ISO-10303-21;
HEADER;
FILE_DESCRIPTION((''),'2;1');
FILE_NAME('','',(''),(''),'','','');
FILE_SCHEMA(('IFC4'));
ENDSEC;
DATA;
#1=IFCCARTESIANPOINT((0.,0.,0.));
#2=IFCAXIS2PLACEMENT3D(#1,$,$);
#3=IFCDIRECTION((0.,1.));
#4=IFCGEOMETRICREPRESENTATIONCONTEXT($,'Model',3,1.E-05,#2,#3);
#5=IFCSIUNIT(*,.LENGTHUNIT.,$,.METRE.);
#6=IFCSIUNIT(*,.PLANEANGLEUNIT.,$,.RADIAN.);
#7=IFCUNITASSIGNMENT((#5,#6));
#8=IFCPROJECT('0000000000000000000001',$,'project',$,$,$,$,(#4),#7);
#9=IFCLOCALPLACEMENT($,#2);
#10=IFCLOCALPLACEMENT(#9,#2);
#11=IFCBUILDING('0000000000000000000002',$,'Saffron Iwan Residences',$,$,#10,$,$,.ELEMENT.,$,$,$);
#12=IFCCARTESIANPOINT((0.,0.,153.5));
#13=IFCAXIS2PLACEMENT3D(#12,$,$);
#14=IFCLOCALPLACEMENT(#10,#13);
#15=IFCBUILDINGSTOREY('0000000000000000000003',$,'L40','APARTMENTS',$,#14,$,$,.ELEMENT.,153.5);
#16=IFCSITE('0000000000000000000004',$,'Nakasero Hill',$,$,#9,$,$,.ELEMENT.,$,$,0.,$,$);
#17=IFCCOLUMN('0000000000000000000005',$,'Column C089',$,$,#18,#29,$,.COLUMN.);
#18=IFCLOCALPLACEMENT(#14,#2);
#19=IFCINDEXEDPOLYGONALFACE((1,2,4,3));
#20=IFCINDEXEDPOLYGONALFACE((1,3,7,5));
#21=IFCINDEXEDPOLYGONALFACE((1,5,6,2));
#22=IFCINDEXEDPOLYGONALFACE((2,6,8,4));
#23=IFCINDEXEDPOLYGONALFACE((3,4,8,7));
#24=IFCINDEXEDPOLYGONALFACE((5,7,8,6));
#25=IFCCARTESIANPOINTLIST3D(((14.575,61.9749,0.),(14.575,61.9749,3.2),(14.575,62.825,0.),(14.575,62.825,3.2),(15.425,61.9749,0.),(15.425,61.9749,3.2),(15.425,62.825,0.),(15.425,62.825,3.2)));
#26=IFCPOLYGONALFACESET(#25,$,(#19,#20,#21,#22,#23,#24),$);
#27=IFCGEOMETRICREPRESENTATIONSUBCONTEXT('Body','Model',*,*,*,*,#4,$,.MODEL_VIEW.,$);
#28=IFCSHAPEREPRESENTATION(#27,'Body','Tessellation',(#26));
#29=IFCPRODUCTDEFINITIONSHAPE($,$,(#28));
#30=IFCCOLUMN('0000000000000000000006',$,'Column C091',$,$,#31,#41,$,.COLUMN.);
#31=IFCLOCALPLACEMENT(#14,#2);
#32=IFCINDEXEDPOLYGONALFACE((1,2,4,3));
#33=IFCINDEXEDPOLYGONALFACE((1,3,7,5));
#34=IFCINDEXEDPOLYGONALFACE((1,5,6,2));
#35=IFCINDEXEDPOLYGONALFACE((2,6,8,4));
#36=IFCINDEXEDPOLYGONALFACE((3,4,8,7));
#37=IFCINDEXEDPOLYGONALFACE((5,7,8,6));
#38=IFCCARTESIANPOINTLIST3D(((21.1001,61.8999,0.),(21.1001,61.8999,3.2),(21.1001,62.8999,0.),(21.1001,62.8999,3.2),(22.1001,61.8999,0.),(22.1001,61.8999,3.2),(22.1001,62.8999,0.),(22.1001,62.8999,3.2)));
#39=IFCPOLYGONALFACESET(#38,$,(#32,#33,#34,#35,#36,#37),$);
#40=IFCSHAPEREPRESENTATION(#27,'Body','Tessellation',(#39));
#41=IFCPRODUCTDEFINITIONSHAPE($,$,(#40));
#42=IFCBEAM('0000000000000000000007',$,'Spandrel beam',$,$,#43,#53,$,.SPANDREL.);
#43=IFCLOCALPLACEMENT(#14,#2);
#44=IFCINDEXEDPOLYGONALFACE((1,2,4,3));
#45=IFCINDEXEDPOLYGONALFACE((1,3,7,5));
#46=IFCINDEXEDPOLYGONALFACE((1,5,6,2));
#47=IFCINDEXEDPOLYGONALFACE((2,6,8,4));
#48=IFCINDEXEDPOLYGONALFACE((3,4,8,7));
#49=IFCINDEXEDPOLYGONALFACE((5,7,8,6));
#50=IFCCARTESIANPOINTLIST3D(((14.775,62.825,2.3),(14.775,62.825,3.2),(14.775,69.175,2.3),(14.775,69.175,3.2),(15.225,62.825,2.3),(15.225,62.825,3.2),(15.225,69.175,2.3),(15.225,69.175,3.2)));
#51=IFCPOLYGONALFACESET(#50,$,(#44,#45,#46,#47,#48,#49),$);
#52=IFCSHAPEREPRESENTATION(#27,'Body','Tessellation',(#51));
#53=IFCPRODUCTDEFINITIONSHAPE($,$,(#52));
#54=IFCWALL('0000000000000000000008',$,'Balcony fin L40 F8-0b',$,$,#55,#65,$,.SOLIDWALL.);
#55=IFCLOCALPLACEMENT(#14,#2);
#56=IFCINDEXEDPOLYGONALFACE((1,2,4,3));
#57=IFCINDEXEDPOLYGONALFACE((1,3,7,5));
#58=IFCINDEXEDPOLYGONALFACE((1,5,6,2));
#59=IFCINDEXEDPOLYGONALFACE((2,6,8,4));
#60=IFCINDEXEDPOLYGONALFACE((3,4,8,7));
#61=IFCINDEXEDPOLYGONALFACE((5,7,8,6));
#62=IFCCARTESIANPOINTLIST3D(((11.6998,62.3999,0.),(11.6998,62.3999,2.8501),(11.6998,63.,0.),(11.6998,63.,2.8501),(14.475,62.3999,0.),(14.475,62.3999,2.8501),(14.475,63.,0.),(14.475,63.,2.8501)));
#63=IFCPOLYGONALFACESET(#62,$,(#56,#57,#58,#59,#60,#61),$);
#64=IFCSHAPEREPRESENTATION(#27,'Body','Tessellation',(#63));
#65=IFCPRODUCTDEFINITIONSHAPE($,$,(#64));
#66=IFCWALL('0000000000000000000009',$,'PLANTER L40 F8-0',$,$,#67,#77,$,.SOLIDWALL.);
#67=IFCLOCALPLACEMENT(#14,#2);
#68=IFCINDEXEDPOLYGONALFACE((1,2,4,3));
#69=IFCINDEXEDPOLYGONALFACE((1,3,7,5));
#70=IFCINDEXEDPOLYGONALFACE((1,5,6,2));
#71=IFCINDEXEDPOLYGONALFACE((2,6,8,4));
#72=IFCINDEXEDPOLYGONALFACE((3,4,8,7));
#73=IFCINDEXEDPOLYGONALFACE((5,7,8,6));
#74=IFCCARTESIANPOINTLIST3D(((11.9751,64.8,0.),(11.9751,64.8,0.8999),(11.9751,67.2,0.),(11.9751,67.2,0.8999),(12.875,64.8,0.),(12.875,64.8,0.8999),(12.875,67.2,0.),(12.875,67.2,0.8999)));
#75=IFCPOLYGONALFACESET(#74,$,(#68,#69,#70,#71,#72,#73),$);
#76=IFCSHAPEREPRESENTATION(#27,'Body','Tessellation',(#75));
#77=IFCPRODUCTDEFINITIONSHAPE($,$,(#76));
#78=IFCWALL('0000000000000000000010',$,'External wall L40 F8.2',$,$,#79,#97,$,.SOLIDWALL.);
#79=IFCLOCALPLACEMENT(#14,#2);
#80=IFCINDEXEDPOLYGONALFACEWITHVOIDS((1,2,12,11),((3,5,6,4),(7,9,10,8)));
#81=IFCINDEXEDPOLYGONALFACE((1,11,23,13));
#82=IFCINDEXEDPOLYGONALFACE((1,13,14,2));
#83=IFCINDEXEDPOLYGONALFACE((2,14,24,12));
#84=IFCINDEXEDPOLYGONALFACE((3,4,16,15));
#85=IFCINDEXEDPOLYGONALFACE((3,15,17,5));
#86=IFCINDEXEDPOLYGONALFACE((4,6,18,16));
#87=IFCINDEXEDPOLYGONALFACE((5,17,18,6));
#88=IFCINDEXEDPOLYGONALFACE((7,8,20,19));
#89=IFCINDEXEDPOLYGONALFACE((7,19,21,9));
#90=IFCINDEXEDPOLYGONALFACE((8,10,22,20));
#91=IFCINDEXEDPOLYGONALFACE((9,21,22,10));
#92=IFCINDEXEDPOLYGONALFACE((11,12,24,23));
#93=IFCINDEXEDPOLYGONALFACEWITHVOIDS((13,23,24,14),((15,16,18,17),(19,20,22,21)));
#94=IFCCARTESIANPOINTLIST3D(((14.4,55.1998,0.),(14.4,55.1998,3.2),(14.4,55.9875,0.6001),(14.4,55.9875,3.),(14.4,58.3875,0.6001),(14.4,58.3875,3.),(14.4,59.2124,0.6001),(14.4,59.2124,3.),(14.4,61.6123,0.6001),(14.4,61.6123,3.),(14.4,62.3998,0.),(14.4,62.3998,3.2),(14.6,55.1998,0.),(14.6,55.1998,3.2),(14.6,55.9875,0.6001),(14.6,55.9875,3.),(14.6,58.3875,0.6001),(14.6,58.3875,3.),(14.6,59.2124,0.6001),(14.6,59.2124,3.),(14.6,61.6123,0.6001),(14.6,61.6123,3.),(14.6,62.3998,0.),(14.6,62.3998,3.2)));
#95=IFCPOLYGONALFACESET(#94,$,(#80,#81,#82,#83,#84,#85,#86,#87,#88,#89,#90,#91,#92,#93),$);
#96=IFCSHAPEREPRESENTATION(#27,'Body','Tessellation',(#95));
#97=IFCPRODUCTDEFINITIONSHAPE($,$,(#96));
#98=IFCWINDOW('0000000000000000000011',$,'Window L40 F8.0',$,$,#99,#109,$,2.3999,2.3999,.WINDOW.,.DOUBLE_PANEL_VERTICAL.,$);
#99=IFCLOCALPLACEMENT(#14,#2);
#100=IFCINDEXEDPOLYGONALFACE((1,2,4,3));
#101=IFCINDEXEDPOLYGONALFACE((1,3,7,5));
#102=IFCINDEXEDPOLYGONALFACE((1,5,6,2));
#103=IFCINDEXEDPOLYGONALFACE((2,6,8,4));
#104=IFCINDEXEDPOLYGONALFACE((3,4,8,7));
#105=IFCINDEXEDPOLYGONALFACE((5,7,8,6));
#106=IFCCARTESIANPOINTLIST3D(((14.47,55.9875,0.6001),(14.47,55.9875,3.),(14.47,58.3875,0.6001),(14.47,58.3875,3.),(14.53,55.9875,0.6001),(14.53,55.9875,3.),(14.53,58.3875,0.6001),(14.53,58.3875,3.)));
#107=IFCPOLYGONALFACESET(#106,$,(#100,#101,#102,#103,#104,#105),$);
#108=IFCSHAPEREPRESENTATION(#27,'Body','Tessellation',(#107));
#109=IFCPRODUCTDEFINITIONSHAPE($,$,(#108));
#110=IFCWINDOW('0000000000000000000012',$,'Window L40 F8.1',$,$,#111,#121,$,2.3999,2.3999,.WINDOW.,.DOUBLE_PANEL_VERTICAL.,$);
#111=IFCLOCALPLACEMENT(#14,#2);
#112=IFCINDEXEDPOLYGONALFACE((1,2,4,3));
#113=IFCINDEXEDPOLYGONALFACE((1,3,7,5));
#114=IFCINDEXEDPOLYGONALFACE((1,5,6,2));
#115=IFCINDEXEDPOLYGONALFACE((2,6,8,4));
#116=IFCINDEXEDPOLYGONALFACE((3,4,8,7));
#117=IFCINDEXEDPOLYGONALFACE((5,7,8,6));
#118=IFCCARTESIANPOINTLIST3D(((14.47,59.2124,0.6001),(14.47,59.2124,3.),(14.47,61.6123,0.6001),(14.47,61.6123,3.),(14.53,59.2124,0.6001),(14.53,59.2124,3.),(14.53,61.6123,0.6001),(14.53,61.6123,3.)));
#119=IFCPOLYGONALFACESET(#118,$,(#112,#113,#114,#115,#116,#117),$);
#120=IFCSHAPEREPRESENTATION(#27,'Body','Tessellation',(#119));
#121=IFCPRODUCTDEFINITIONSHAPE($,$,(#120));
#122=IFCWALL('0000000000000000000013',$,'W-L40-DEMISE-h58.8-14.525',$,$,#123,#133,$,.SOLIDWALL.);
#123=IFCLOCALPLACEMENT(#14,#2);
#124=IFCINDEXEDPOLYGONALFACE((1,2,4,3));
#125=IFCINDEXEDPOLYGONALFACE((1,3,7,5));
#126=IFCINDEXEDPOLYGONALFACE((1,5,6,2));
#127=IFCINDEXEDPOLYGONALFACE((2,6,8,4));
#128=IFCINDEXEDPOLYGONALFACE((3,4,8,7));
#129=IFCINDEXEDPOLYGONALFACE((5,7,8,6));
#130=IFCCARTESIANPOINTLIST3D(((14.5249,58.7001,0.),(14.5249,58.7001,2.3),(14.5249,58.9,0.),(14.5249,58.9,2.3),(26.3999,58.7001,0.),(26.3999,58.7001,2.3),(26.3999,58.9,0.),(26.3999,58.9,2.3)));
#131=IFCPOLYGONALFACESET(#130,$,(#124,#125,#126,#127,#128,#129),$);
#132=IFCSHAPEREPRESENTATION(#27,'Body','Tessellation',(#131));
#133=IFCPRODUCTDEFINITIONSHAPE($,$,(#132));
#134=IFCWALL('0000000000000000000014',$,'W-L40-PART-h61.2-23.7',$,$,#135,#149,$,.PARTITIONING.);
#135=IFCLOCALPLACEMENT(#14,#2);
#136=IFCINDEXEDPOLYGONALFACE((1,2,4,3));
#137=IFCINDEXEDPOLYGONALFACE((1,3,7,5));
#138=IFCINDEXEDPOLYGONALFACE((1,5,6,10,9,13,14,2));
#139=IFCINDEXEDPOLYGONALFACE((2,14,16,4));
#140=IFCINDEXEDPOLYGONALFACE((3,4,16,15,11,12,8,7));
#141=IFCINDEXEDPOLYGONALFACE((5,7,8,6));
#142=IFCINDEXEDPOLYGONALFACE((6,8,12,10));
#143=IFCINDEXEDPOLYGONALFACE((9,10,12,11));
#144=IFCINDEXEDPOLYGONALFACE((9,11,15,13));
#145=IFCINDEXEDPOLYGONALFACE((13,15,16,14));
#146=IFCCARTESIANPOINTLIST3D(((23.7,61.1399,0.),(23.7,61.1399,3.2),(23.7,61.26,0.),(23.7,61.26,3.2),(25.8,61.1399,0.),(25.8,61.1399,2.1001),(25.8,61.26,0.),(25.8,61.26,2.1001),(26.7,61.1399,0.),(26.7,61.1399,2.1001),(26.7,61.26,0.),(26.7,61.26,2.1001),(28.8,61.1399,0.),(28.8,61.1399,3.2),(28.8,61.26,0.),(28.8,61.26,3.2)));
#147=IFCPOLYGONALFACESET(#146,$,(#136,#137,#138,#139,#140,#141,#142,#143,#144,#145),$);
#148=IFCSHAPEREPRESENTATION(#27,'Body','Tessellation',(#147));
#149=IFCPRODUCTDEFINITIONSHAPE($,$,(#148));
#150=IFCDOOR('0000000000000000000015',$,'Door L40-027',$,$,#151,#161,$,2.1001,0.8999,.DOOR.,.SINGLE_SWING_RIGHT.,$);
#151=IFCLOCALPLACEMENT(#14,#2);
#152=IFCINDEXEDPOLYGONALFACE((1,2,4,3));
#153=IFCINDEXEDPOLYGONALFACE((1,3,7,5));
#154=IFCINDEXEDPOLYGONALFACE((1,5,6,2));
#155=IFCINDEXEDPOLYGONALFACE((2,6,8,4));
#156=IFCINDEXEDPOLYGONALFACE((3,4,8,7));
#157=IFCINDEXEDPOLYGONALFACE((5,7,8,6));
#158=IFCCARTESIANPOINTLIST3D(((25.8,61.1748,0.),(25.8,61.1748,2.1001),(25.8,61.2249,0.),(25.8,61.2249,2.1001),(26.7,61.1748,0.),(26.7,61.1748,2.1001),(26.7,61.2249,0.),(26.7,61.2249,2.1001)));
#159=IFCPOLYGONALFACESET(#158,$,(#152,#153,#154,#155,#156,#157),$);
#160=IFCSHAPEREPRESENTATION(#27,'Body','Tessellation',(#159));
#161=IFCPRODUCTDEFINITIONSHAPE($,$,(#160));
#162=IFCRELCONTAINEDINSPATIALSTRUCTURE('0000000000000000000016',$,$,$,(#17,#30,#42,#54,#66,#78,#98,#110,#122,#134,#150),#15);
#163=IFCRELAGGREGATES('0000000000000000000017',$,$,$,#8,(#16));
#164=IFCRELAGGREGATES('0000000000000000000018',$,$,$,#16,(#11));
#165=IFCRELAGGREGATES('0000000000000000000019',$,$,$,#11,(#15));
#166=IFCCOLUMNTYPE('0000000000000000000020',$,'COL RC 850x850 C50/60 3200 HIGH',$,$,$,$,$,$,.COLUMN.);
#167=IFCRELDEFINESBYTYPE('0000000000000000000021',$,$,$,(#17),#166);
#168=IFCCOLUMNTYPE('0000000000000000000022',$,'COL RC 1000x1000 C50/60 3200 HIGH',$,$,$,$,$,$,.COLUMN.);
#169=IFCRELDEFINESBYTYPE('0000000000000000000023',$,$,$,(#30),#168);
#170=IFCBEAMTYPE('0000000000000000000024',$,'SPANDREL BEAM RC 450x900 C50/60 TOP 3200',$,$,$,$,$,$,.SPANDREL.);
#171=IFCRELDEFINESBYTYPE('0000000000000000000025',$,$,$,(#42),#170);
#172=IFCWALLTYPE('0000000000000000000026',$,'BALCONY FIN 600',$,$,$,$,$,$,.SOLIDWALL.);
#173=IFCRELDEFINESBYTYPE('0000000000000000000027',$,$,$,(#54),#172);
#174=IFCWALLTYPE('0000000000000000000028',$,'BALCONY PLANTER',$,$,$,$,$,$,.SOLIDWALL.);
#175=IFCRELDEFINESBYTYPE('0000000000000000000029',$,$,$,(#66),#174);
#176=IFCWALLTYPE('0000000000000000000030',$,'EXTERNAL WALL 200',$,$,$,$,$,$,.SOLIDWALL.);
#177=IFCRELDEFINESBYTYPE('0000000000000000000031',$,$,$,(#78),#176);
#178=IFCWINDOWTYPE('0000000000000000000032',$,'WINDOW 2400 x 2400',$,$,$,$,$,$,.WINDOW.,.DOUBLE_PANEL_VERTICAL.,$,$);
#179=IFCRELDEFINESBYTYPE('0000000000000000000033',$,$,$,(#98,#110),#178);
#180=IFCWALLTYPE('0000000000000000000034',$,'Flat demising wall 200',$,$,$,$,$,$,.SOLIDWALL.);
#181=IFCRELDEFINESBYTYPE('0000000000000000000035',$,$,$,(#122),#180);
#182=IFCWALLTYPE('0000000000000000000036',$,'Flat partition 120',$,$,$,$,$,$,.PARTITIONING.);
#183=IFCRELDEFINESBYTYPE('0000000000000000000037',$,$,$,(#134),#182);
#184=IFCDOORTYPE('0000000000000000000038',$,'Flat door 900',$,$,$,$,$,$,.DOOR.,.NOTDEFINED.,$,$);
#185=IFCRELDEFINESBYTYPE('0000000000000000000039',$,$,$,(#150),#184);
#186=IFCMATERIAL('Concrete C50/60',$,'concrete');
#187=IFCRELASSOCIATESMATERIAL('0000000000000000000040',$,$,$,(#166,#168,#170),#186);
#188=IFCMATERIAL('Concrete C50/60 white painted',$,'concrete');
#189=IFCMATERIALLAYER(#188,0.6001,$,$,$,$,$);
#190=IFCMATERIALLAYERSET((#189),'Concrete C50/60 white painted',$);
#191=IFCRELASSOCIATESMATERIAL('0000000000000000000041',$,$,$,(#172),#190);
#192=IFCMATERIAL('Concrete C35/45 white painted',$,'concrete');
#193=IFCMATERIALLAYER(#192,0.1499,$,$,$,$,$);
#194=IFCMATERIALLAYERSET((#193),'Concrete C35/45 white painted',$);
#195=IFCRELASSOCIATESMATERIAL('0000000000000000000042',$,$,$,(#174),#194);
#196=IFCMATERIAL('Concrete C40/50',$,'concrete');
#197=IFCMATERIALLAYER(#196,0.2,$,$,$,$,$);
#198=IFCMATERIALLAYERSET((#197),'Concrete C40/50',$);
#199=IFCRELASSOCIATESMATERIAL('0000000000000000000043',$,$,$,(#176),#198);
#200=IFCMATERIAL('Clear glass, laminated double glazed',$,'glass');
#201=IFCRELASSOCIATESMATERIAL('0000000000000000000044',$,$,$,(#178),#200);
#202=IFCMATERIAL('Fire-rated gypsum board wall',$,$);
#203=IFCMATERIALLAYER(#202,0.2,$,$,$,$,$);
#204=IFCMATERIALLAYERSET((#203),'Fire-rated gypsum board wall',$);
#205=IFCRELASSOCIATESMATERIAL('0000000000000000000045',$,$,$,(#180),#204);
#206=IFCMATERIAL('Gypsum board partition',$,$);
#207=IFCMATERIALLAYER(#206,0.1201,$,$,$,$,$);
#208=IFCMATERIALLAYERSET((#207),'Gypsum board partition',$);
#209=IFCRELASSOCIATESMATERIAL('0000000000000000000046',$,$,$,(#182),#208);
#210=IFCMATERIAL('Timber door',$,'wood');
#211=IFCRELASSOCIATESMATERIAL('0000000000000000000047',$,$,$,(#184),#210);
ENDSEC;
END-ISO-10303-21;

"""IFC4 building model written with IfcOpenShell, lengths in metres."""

from ifc_helpers import new_model, si_unit, direction, frame, frame_2d, origin, origin_2d, place, context, subcontext, project, spatial, rectangle, extrude, source, transform, mapped, material, layer, layer_set, material_profile, profile_set, type_object, element, fill, save


model = new_model("IFC4")

# Units and contexts
model_context = context("Model", 3, precision=1e-05, world=origin(), true_north=direction((0.0, 1.0)))
body_context = subcontext(model_context, "Body", "Model", "MODEL_VIEW")
ifc_project = project(units=[si_unit("LENGTHUNIT", "METRE"), si_unit("PLANEANGLEUNIT", "RADIAN")], contexts=[model_context])

# Site, building, storey
site_placement = place(None, origin())
site = spatial("IfcSite", under=ifc_project, at=site_placement, Name="Nakasero Hill", CompositionType="ELEMENT", RefElevation=0.0)
building_placement = place(site_placement, origin())
building = spatial("IfcBuilding", under=site, at=building_placement, Name="Saffron Iwan Residences", CompositionType="ELEMENT")
storey_placement = place(building_placement, frame((0.0, 0.0, 153.5)))
storey = spatial("IfcBuildingStorey", under=building, at=storey_placement, Name="L40", Description="APARTMENTS", CompositionType="ELEMENT", Elevation=153.5)

# Columns
ifc_material_1 = material(Name="Concrete C50/60", Category="concrete")
ifc_material_profile_1 = material_profile(ifc_material_1, rectangle(XDim=0.8501, YDim=0.8501, at=origin_2d()), Name="RC 850x850")
ifc_profile_set_1 = profile_set([ifc_material_profile_1], Name="Concrete C50/60")
column_type_1 = type_object("IfcColumnType", Name="COL RC 850x850 C50/60 3200 HIGH", PredefinedType="COLUMN", material=ifc_profile_set_1)
shared_shape_1 = source(origin(), body_context, "Body", "SweptSolid", [
    extrude(rectangle(XDim=0.8501, YDim=0.8501, at=origin_2d()), origin(), (0.0, 0.0, 1.0), 3.2),
])
column_1_placement = place(storey_placement, frame((15.0, 62.3999, 0.0), z_axis=(0.0, 0.0, 1.0), x_axis=(1.0, 0.0, 0.0)))
element("IfcColumn", 1, at=column_1_placement, inside=storey, type_object=column_type_1, Name="Column C089", PredefinedType="COLUMN", context=body_context, shape_type="MappedRepresentation", body=[
    mapped(shared_shape_1, transform((0.0, 0.0, 0.0))),
])
ifc_material_profile_2 = material_profile(ifc_material_1, rectangle(XDim=1.0, YDim=1.0, at=origin_2d()), Name="RC 1000x1000")
ifc_profile_set_2 = profile_set([ifc_material_profile_2], Name="Concrete C50/60")
column_type_2 = type_object("IfcColumnType", Name="COL RC 1000x1000 C50/60 3200 HIGH", PredefinedType="COLUMN", material=ifc_profile_set_2)
shared_shape_2 = source(origin(), body_context, "Body", "SweptSolid", [
    extrude(rectangle(XDim=1.0, YDim=1.0, at=origin_2d()), origin(), (0.0, 0.0, 1.0), 3.2),
])
column_2_placement = place(storey_placement, frame((21.6001, 62.3999, 0.0), z_axis=(0.0, 0.0, 1.0), x_axis=(1.0, 0.0, 0.0)))
element("IfcColumn", 2, at=column_2_placement, inside=storey, type_object=column_type_2, Name="Column C091", PredefinedType="COLUMN", context=body_context, shape_type="MappedRepresentation", body=[
    mapped(shared_shape_2, transform((0.0, 0.0, 0.0))),
])

# Beam
ifc_material_profile_3 = material_profile(ifc_material_1, rectangle(XDim=0.45, YDim=0.8999, at=origin_2d()), Name="RC 450x900")
ifc_profile_set_3 = profile_set([ifc_material_profile_3], Name="Concrete C50/60")
beam_type = type_object("IfcBeamType", Name="SPANDREL BEAM RC 450x900 C50/60 TOP 3200", PredefinedType="SPANDREL", material=ifc_profile_set_3)
shared_shape_3 = source(origin(), body_context, "Body", "SweptSolid", [
    extrude(rectangle(XDim=0.45, YDim=0.8999, at=origin_2d()), origin(), (0.0, 0.0, 1.0), 6.3501),
])
beam_placement = place(storey_placement, frame((15.0, 62.825, 2.75), z_axis=(0.0, 1.0, 0.0), x_axis=(-1.0, 0.0, 0.0)))
element("IfcBeam", 3, at=beam_placement, inside=storey, type_object=beam_type, Name="Spandrel beam", PredefinedType="SPANDREL", context=body_context, shape_type="MappedRepresentation", body=[
    mapped(shared_shape_3, transform((0.0, 0.0, 0.0))),
])

# Walls
ifc_material_2 = material(Name="Concrete C50/60 white painted", Category="concrete")
ifc_layer_1 = layer(ifc_material_2, 0.6001)
ifc_layer_set_1 = layer_set([ifc_layer_1], Name="Concrete C50/60 white painted")
wall_type_1 = type_object("IfcWallType", Name="BALCONY FIN 600", PredefinedType="SOLIDWALL", material=ifc_layer_set_1)
wall_1_placement = place(storey_placement, frame((14.4751, 62.7, 0.0), z_axis=(0.0, 0.0, 1.0), x_axis=(-1.0, 0.0, 0.0)))
element("IfcWall", 4, at=wall_1_placement, inside=storey, type_object=wall_type_1, Name="Balcony fin L40 F8-0b", PredefinedType="SOLIDWALL", context=body_context, shape_type="SweptSolid", body=[
    extrude(rectangle(XDim=2.7751, YDim=0.6001, at=frame_2d((1.3877, 0.0))), origin(), (0.0, 0.0, 1.0), 2.8501),
])
ifc_material_3 = material(Name="Concrete C35/45 white painted", Category="concrete")
ifc_layer_2 = layer(ifc_material_3, 0.1499)
ifc_layer_set_2 = layer_set([ifc_layer_2], Name="Concrete C35/45 white painted")
wall_type_2 = type_object("IfcWallType", Name="BALCONY PLANTER", PredefinedType="SOLIDWALL", material=ifc_layer_set_2)
wall_2_placement = place(storey_placement, frame((12.425, 67.2, 0.0), z_axis=(0.0, 0.0, 1.0), x_axis=(0.0, -1.0, 0.0)))
element("IfcWall", 5, at=wall_2_placement, inside=storey, type_object=wall_type_2, Name="PLANTER L40 F8-0", PredefinedType="SOLIDWALL", context=body_context, shape_type="SweptSolid", body=[
    extrude(rectangle(XDim=2.3999, YDim=0.8999, at=frame_2d((1.2, 0.0))), origin(), (0.0, 0.0, 1.0), 0.8999),
])

# Wall, openings, windows
ifc_material_4 = material(Name="Concrete C40/50", Category="concrete")
ifc_layer_3 = layer(ifc_material_4, 0.2)
ifc_layer_set_3 = layer_set([ifc_layer_3], Name="Concrete C40/50")
wall_type_3 = type_object("IfcWallType", Name="EXTERNAL WALL 200", PredefinedType="SOLIDWALL", material=ifc_layer_set_3)
wall_3_placement = place(storey_placement, frame((14.5, 62.3999, 0.0), z_axis=(0.0, 0.0, 1.0), x_axis=(0.0, -1.0, 0.0)))
wall_3 = element("IfcWall", 6, at=wall_3_placement, inside=storey, type_object=wall_type_3, Name="External wall L40 F8.2", PredefinedType="SOLIDWALL", context=body_context, shape_type="SweptSolid", body=[
    extrude(rectangle(XDim=7.2, YDim=0.2, at=frame_2d((3.6001, 0.0))), origin(), (0.0, 0.0, 1.0), 3.2),
])
opening_1_placement = place(wall_3_placement, frame((4.0125, 0.0, 0.6001)))
opening_1 = element("IfcOpeningElement", 7, at=opening_1_placement, cuts=wall_3, PredefinedType="OPENING", context=body_context, shape_type="SweptSolid", body=[
    extrude(rectangle(XDim=2.3999, YDim=2.3999, at=frame_2d((1.2, 1.2))), frame((0.0, 0.1099, 0.0), z_axis=(0.0, -1.0, 0.0), x_axis=(1.0, 0.0, 0.0)), (0.0, 0.0, 1.0), 0.22),
])
opening_2_placement = place(wall_3_placement, frame((0.7876, 0.0, 0.6001)))
opening_2 = element("IfcOpeningElement", 8, at=opening_2_placement, cuts=wall_3, PredefinedType="OPENING", context=body_context, shape_type="SweptSolid", body=[
    extrude(rectangle(XDim=2.3999, YDim=2.3999, at=frame_2d((1.2, 1.2))), frame((0.0, 0.1099, 0.0), z_axis=(0.0, -1.0, 0.0), x_axis=(1.0, 0.0, 0.0)), (0.0, 0.0, 1.0), 0.22),
])
ifc_material_5 = material(Name="Clear glass, laminated double glazed", Category="glass")
window_type = type_object("IfcWindowType", Name="WINDOW 2400 x 2400", PartitioningType="DOUBLE_PANEL_VERTICAL", PredefinedType="WINDOW", material=ifc_material_5)
window_1_placement = place(opening_1_placement, origin())
window_1 = element("IfcWindow", 9, at=window_1_placement, inside=storey, type_object=window_type, Name="Window L40 F8.0", OverallHeight=2.3999, OverallWidth=2.3999, PartitioningType="DOUBLE_PANEL_VERTICAL", PredefinedType="WINDOW", context=body_context, shape_type="SweptSolid", body=[
    extrude(rectangle(XDim=2.3999, YDim=2.3999, at=frame_2d((1.2, 1.2))), frame((0.0, 0.03, 0.0), z_axis=(0.0, -1.0, 0.0), x_axis=(1.0, 0.0, 0.0)), (0.0, 0.0, 1.0), 0.0601),
])
fill(opening_1, window_1)
window_2_placement = place(opening_2_placement, origin())
window_2 = element("IfcWindow", 10, at=window_2_placement, inside=storey, type_object=window_type, Name="Window L40 F8.1", OverallHeight=2.3999, OverallWidth=2.3999, PartitioningType="DOUBLE_PANEL_VERTICAL", PredefinedType="WINDOW", context=body_context, shape_type="SweptSolid", body=[
    extrude(rectangle(XDim=2.3999, YDim=2.3999, at=frame_2d((1.2, 1.2))), frame((0.0, 0.03, 0.0), z_axis=(0.0, -1.0, 0.0), x_axis=(1.0, 0.0, 0.0)), (0.0, 0.0, 1.0), 0.0601),
])
fill(opening_2, window_2)

# Wall
ifc_material_6 = material(Name="Fire-rated gypsum board wall")
ifc_layer_4 = layer(ifc_material_6, 0.2)
ifc_layer_set_4 = layer_set([ifc_layer_4], Name="Fire-rated gypsum board wall")
wall_type_4 = type_object("IfcWallType", Name="Flat demising wall 200", PredefinedType="SOLIDWALL", material=ifc_layer_set_4)
wall_4_placement = place(storey_placement, frame((14.5249, 58.8, 0.0), z_axis=(0.0, 0.0, 1.0), x_axis=(1.0, 0.0, 0.0)))
element("IfcWall", 11, at=wall_4_placement, inside=storey, type_object=wall_type_4, Name="W-L40-DEMISE-h58.8-14.525", PredefinedType="SOLIDWALL", context=body_context, shape_type="SweptSolid", body=[
    extrude(rectangle(XDim=11.875, YDim=0.2, at=frame_2d((5.9375, 0.0))), origin(), (0.0, 0.0, 1.0), 2.3),
])

# Wall, opening, door
ifc_material_7 = material(Name="Gypsum board partition")
ifc_layer_5 = layer(ifc_material_7, 0.1201)
ifc_layer_set_5 = layer_set([ifc_layer_5], Name="Gypsum board partition")
wall_type_5 = type_object("IfcWallType", Name="Flat partition 120", PredefinedType="PARTITIONING", material=ifc_layer_set_5)
wall_5_placement = place(storey_placement, frame((23.7, 61.2, 0.0), z_axis=(0.0, 0.0, 1.0), x_axis=(1.0, 0.0, 0.0)))
wall_5 = element("IfcWall", 12, at=wall_5_placement, inside=storey, type_object=wall_type_5, Name="W-L40-PART-h61.2-23.7", PredefinedType="PARTITIONING", context=body_context, shape_type="SweptSolid", body=[
    extrude(rectangle(XDim=5.1001, YDim=0.1201, at=frame_2d((2.55, 0.0))), origin(), (0.0, 0.0, 1.0), 3.2),
])
opening_3_placement = place(wall_5_placement, frame((2.1001, 0.0, 0.0)))
opening_3 = element("IfcOpeningElement", 13, at=opening_3_placement, cuts=wall_5, PredefinedType="OPENING", context=body_context, shape_type="SweptSolid", body=[
    extrude(rectangle(XDim=0.8999, YDim=2.1001, at=frame_2d((0.45, 1.05))), frame((0.0, 0.0701, 0.0), z_axis=(0.0, -1.0, 0.0), x_axis=(1.0, 0.0, 0.0)), (0.0, 0.0, 1.0), 0.1401),
])
ifc_material_8 = material(Name="Timber door", Category="wood")
door_type_1 = type_object("IfcDoorType", Name="Flat door 900", OperationType="NOTDEFINED", PredefinedType="DOOR", material=ifc_material_8)
door_1_placement = place(opening_3_placement, origin())
door_1 = element("IfcDoor", 14, at=door_1_placement, inside=storey, type_object=door_type_1, Name="Door L40-027", OperationType="SINGLE_SWING_RIGHT", OverallHeight=2.1001, OverallWidth=0.8999, PredefinedType="DOOR", context=body_context, shape_type="SweptSolid", body=[
    extrude(rectangle(XDim=0.8999, YDim=2.1001, at=frame_2d((0.45, 1.05))), frame((0.0, 0.0249, 0.0), z_axis=(0.0, -1.0, 0.0), x_axis=(1.0, 0.0, 0.0)), (0.0, 0.0, 1.0), 0.05),
])
fill(opening_3, door_1)

save(model, "model.ifc")
